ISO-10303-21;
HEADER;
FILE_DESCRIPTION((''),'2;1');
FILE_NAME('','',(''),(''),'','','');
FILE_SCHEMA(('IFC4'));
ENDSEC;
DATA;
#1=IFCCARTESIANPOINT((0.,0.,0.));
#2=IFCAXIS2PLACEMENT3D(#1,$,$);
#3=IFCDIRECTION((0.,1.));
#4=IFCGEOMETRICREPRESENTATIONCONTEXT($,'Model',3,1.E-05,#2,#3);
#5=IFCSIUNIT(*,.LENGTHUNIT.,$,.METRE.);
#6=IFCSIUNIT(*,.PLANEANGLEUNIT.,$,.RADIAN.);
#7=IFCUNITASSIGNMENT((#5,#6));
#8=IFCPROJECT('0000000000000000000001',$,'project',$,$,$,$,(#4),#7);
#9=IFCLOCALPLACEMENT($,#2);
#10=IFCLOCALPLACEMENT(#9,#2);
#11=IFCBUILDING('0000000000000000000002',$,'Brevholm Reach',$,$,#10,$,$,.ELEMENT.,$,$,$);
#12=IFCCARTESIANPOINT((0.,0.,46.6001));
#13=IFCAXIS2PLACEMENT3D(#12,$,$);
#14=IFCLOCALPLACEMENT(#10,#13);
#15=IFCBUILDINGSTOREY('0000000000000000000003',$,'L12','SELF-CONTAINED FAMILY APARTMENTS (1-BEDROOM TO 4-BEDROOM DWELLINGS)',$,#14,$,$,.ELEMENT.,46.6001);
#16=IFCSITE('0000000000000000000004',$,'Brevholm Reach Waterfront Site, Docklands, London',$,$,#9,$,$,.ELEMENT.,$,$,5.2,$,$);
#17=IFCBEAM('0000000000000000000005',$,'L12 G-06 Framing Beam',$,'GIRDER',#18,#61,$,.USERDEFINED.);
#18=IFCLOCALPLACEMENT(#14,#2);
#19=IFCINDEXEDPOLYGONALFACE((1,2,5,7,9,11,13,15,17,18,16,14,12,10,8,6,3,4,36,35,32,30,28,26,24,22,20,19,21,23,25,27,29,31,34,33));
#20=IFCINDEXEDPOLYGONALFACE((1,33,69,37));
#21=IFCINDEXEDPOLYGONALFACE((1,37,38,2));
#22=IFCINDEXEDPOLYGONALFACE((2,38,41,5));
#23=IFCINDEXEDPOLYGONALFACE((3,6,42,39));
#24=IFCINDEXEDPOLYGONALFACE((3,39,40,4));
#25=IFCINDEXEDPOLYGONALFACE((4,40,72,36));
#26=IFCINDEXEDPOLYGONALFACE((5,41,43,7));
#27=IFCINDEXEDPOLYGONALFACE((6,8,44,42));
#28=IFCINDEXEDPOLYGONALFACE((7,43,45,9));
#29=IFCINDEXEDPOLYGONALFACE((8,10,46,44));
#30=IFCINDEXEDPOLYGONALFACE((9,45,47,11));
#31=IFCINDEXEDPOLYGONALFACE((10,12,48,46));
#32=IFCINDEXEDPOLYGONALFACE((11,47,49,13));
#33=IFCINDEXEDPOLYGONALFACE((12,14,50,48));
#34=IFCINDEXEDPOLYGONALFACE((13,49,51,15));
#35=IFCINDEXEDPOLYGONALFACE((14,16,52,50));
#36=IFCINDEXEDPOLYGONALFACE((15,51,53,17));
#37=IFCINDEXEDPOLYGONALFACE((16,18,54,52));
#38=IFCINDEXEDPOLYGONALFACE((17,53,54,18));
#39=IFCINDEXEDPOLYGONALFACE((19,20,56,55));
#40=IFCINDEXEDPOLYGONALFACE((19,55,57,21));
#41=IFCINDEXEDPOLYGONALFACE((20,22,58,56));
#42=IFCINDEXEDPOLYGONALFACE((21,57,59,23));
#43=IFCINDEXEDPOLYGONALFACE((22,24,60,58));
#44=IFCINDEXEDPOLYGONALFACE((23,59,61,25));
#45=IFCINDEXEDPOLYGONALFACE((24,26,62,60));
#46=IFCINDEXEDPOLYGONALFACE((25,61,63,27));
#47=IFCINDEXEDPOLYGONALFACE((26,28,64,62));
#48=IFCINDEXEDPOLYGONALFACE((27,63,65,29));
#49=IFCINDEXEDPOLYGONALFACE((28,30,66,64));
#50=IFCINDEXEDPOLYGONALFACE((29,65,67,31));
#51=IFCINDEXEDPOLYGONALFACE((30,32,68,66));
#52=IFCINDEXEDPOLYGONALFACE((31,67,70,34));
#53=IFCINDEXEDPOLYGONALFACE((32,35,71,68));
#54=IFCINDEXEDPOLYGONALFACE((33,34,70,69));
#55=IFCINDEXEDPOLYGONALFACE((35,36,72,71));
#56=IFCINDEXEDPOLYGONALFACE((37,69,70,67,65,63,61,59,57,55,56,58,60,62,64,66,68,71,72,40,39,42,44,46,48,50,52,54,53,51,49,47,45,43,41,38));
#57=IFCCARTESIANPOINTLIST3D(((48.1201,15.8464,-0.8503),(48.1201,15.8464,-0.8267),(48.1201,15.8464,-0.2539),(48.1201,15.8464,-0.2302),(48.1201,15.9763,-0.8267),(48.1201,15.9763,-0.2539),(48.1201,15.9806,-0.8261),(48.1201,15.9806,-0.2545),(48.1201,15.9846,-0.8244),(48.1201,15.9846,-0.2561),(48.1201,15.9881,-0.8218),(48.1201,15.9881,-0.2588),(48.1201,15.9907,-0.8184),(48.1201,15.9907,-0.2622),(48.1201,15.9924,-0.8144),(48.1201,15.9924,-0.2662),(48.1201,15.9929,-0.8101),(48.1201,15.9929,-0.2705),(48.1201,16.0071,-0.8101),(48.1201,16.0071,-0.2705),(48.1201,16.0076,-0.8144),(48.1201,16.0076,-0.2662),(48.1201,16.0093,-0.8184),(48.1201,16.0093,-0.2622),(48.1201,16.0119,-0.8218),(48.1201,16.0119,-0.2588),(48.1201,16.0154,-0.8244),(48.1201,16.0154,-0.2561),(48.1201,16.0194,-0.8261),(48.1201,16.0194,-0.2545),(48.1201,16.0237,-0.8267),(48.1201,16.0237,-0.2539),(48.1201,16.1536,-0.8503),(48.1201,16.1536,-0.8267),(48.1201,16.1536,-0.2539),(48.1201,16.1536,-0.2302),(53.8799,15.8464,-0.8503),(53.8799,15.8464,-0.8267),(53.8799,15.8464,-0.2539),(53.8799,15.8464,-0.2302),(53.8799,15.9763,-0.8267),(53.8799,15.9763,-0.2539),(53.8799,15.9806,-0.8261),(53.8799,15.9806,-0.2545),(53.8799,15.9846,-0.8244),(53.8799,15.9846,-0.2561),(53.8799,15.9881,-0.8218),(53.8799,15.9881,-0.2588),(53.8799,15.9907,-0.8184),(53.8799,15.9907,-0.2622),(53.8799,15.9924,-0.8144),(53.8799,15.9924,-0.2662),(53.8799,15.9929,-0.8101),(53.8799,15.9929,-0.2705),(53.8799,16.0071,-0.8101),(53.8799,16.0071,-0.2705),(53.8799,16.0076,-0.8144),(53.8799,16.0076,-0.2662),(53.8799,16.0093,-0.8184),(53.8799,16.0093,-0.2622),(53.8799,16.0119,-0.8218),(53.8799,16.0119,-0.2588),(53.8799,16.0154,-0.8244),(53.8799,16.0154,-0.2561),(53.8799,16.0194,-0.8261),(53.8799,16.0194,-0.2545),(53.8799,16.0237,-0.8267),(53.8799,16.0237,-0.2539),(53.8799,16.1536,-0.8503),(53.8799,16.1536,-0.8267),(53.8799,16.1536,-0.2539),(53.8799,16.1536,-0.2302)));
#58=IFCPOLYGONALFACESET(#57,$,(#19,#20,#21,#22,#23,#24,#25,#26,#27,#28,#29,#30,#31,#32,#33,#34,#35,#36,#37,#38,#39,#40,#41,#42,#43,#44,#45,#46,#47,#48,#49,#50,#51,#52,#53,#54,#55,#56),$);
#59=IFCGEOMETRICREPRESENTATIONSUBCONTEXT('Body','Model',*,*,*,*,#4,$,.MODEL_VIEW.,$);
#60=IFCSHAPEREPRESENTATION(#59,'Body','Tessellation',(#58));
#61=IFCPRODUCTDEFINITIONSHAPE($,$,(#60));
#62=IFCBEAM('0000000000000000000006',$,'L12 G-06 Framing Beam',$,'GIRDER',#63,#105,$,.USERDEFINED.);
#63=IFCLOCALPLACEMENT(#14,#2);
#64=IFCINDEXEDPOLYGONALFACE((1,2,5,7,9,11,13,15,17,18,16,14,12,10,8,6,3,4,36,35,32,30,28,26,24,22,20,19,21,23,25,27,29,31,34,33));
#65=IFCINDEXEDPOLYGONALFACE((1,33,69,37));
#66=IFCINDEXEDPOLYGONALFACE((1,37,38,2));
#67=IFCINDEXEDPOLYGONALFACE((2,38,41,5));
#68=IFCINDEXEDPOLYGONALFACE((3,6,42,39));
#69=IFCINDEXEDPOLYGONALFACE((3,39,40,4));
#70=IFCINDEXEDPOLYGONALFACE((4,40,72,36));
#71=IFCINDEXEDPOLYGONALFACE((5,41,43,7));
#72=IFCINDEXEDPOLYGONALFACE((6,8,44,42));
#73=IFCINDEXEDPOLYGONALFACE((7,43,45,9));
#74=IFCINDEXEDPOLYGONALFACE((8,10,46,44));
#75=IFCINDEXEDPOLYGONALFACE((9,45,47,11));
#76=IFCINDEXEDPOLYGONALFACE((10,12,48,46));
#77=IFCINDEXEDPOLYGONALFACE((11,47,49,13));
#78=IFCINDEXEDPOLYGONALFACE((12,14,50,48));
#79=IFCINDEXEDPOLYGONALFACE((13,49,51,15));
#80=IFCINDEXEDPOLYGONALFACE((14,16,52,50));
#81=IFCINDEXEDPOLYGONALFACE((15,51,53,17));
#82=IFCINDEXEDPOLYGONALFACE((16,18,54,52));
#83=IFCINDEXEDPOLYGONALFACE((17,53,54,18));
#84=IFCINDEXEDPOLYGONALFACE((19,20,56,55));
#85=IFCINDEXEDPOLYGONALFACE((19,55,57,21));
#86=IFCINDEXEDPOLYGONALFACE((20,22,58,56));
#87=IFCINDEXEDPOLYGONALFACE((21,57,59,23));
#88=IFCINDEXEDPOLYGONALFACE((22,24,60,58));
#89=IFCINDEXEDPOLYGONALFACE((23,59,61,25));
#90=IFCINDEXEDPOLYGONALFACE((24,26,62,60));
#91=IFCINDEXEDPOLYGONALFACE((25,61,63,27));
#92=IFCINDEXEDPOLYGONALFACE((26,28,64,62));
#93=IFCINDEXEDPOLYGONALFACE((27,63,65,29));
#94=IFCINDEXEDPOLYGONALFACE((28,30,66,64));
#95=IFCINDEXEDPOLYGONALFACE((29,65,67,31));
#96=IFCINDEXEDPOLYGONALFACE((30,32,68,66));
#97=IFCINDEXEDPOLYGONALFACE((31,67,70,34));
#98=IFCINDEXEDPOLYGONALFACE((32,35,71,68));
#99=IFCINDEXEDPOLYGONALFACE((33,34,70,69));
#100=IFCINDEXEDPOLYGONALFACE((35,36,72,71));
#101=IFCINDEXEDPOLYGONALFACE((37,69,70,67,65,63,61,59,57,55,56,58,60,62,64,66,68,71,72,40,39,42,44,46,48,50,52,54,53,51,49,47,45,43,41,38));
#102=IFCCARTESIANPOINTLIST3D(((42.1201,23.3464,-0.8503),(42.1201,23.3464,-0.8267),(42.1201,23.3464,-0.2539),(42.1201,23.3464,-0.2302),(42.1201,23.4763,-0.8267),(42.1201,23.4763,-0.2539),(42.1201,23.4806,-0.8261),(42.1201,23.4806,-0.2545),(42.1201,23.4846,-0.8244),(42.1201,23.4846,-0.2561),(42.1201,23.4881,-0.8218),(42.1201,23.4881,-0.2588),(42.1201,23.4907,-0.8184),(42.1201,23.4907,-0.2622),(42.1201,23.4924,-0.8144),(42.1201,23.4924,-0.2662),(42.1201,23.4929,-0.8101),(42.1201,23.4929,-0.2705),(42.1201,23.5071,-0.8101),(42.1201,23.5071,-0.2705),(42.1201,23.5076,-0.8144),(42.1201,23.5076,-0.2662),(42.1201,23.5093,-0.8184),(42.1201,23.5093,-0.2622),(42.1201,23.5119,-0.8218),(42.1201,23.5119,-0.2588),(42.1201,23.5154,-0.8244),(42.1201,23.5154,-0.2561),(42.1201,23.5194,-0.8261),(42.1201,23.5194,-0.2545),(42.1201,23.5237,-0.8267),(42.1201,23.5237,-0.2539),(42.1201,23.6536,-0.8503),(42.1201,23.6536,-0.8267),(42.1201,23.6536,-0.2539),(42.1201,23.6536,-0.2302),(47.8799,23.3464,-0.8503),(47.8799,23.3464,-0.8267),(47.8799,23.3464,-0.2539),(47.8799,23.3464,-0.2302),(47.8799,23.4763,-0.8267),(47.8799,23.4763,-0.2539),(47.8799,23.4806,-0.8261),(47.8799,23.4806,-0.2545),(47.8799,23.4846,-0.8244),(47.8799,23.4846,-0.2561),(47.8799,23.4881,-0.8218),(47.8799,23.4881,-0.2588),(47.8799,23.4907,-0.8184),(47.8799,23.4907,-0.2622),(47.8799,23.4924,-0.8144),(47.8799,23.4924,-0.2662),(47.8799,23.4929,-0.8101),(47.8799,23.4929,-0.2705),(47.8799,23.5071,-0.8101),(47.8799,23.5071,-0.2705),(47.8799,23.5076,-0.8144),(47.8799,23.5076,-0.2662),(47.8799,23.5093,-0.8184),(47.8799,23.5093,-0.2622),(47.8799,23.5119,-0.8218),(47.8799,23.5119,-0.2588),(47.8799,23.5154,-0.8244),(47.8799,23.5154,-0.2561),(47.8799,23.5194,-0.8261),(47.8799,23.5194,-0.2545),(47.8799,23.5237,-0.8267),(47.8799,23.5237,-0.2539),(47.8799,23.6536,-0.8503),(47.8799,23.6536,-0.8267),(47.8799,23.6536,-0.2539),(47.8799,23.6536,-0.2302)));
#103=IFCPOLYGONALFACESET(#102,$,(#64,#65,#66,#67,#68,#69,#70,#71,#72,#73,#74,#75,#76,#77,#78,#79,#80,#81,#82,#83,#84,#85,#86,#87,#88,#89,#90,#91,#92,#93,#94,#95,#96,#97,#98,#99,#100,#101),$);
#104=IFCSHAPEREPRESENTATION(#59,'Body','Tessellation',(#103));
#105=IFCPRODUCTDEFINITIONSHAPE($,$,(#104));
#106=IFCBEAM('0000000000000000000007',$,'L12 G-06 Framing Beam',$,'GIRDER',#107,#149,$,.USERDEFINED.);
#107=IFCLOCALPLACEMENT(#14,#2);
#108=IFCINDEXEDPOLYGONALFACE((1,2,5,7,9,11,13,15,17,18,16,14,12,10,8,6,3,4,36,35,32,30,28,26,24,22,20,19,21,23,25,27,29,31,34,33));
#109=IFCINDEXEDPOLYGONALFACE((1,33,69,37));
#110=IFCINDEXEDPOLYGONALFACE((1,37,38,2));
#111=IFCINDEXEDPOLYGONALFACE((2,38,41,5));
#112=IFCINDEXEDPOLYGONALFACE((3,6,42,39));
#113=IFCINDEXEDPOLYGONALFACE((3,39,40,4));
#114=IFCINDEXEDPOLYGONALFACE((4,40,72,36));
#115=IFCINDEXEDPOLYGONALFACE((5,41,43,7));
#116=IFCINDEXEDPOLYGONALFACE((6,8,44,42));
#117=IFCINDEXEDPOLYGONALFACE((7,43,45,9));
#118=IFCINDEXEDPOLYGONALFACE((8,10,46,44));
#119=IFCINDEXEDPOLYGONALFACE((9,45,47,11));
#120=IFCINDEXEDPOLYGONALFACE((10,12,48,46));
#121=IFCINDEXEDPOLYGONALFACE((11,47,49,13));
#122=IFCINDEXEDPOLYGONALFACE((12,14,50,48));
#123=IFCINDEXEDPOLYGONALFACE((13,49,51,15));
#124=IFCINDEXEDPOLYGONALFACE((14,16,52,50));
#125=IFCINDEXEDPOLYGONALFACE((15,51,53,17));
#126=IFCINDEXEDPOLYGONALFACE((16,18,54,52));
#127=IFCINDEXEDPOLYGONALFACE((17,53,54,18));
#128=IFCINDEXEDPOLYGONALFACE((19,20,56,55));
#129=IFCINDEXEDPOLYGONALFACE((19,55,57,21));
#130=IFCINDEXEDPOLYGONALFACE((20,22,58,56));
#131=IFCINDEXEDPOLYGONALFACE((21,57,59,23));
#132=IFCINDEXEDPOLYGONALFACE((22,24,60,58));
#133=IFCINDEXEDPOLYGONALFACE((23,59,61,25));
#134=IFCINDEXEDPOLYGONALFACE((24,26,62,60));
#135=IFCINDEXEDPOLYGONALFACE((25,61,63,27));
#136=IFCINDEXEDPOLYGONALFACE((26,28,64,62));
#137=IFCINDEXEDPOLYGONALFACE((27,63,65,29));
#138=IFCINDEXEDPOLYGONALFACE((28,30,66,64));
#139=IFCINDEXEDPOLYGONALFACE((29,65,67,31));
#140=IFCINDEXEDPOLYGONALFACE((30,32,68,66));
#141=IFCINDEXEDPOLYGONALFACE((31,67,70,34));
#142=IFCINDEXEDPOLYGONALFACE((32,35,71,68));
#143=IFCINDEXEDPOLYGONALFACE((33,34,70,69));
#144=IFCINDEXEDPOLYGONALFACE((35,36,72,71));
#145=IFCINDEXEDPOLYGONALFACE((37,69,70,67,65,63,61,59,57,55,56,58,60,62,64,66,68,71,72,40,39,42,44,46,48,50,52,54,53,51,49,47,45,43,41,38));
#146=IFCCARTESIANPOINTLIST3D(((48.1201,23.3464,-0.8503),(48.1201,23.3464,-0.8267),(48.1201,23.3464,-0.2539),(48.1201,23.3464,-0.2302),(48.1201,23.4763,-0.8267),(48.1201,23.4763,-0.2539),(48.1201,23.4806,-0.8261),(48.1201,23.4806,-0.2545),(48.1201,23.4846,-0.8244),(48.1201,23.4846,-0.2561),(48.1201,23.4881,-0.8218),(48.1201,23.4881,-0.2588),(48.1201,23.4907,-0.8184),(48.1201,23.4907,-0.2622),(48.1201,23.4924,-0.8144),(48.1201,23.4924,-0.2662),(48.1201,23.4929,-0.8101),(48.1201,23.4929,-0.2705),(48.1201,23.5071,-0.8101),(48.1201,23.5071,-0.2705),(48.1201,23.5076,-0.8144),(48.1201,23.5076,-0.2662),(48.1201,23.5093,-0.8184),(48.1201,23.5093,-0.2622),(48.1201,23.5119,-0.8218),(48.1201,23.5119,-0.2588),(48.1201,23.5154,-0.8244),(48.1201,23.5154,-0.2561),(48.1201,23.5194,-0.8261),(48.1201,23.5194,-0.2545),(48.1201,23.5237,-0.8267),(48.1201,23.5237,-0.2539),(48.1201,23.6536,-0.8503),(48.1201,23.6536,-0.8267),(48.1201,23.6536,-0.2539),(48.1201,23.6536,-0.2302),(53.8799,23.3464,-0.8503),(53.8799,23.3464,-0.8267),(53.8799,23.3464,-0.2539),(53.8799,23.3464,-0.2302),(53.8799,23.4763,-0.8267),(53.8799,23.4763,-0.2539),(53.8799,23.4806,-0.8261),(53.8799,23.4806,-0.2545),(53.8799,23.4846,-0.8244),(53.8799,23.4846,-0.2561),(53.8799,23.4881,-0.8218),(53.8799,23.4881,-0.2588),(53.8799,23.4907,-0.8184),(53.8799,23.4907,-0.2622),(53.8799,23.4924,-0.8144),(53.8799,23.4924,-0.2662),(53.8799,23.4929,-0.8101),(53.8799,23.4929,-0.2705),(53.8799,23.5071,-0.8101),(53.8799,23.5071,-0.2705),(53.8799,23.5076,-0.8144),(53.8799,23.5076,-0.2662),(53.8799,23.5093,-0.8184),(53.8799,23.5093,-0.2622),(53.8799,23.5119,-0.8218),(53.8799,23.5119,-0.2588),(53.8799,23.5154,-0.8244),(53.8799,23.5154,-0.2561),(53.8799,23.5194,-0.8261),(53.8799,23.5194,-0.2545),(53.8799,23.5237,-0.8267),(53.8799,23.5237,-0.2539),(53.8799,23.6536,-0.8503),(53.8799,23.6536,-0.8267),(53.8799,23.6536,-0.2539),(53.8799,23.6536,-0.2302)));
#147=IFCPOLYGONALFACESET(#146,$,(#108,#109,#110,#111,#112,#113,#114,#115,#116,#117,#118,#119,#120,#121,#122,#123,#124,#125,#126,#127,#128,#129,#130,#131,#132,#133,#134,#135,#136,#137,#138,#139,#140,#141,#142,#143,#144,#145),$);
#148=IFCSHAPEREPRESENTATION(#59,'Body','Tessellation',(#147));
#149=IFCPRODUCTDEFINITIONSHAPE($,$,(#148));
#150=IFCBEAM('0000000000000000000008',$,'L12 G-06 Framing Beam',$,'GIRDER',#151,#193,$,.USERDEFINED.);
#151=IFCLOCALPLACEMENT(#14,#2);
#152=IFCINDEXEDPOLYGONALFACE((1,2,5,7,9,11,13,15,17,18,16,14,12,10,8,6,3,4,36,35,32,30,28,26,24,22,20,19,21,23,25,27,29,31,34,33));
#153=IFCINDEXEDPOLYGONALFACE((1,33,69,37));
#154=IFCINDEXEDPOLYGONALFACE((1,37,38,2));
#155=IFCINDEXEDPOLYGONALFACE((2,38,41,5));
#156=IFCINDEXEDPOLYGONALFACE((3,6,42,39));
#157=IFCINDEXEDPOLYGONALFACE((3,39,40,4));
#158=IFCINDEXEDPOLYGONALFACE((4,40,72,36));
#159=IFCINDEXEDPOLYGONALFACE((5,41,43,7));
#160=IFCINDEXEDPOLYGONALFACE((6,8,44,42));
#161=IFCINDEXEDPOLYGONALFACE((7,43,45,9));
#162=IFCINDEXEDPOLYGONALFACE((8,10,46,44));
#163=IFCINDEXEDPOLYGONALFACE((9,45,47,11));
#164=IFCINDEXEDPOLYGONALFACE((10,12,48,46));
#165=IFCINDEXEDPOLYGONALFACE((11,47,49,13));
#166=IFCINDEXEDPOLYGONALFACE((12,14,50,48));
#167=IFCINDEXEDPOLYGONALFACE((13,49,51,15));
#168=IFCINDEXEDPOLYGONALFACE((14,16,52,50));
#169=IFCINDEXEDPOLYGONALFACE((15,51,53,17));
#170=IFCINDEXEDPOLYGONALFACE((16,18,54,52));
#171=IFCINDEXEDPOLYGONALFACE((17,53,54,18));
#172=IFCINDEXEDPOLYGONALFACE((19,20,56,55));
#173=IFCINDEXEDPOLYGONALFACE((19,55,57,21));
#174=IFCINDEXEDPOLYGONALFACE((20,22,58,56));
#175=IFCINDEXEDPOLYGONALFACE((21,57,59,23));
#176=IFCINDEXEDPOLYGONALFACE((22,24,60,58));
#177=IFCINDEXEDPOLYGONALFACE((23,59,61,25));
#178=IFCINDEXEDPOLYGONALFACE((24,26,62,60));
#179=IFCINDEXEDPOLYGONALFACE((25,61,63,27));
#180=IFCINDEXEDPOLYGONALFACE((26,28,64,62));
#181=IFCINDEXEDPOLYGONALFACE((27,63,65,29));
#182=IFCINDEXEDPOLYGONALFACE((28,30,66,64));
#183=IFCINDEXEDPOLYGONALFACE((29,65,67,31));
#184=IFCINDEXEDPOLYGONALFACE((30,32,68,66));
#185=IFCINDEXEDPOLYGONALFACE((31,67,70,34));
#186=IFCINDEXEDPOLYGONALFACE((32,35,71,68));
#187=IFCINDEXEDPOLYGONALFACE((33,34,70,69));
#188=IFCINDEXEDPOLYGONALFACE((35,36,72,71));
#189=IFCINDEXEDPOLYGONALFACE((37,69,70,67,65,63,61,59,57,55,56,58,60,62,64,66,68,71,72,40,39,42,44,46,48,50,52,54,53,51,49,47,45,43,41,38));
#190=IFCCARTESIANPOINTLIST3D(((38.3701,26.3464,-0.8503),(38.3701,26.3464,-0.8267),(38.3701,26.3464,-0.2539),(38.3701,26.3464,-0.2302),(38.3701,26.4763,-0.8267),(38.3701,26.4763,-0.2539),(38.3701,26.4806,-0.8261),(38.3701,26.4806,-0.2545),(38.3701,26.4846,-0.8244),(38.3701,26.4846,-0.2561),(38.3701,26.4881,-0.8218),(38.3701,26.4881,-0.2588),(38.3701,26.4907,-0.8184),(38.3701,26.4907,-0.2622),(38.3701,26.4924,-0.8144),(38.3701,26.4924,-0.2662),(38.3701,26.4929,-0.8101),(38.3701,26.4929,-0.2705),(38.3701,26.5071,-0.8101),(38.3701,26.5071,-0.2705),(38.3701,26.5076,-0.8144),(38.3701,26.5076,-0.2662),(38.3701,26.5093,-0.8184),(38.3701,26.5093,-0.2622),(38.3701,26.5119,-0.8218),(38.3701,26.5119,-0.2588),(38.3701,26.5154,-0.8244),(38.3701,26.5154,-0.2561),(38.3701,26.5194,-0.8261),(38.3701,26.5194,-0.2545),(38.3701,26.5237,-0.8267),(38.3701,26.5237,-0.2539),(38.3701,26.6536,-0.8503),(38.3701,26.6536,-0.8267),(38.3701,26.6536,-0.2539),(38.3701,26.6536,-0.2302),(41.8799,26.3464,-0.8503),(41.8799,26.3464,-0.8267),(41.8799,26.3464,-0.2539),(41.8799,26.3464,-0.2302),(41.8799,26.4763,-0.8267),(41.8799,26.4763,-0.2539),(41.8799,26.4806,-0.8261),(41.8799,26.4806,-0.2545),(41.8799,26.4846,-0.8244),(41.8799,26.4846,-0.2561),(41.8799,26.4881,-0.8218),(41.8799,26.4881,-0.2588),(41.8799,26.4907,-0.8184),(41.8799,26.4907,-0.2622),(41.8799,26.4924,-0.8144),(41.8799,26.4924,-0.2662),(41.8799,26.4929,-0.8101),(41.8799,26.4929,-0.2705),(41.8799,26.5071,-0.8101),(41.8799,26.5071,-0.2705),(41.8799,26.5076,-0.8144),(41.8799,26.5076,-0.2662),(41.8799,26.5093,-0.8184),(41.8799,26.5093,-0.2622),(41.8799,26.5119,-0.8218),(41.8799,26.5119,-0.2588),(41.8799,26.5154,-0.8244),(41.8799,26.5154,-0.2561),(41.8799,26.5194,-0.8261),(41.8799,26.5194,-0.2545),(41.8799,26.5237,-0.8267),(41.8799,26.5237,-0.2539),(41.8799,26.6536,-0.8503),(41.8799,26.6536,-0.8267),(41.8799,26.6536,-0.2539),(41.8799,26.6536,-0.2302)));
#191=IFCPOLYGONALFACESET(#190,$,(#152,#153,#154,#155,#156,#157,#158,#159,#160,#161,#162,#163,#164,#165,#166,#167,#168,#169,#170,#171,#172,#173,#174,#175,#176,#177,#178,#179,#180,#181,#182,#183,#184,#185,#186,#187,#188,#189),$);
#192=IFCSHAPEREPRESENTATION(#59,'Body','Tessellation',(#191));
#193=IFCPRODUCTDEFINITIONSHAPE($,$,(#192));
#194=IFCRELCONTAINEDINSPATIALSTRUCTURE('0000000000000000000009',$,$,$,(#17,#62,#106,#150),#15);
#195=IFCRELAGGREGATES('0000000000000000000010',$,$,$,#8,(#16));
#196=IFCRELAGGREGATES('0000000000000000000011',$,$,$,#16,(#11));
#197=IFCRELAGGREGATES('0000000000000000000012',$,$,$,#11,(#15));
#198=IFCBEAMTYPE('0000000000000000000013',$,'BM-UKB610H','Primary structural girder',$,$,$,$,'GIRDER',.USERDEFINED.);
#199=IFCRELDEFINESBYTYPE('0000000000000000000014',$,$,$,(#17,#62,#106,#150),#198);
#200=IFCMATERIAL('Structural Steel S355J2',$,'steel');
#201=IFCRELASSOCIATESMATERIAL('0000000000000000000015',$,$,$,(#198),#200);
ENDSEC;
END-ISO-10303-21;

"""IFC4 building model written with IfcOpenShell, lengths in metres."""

from ifc_helpers import new_model, si_unit, direction, frame, origin, origin_2d, place, context, subcontext, project, spatial, i_section, extrude, material, material_profile, profile_set, type_object, element, save


model = new_model("IFC4")

# Units and contexts
model_context = context("Model", 3, precision=1e-05, world=origin(), true_north=direction((0.0, 1.0)))
body_context = subcontext(model_context, "Body", "Model", "MODEL_VIEW")
ifc_project = project(units=[si_unit("LENGTHUNIT", "METRE"), si_unit("PLANEANGLEUNIT", "RADIAN")], contexts=[model_context])

# Site, building, storey
site_placement = place(None, origin())
site = spatial("IfcSite", under=ifc_project, at=site_placement, Name="Brevholm Reach Waterfront Site, Docklands, London", CompositionType="ELEMENT", RefElevation=5.2)
building_placement = place(site_placement, origin())
building = spatial("IfcBuilding", under=site, at=building_placement, Name="Brevholm Reach", CompositionType="ELEMENT")
storey_placement = place(building_placement, frame((0.0, 0.0, 46.6001)))
storey = spatial("IfcBuildingStorey", under=building, at=storey_placement, Name="L12", Description="SELF-CONTAINED FAMILY APARTMENTS (1-BEDROOM TO 4-BEDROOM DWELLINGS)", CompositionType="ELEMENT", Elevation=46.6001)

# Beams
ifc_material_1 = material(Name="Structural Steel S355J2", Category="steel")
ifc_material_profile_1 = material_profile(ifc_material_1, i_section(OverallWidth=0.3071, OverallDepth=0.6201, WebThickness=0.0142, FlangeThickness=0.0237, FilletRadius=0.0166, at=origin_2d()), Name="UKB 610x305x179")
ifc_profile_set_1 = profile_set([ifc_material_profile_1], Name="Structural Steel S355J2")
beam_type_1 = type_object("IfcBeamType", Name="BM-UKB610H", Description="Primary structural girder", ElementType="GIRDER", PredefinedType="USERDEFINED", material=ifc_profile_set_1)
for number, where, z_axis, x_axis, name in (
    (1, (48.1201, 16.0, -0.5403), (1.0, 0.0, 0.0), (0.0, 1.0, 0.0), "L12 G-06 Framing Beam"),
    (2, (42.1201, 23.5, -0.5403), (1.0, 0.0, 0.0), (0.0, 1.0, 0.0), "L12 G-06 Framing Beam"),
    (3, (48.1201, 23.5, -0.5403), (1.0, 0.0, 0.0), (0.0, 1.0, 0.0), "L12 G-06 Framing Beam"),
):
    element("IfcBeam", number, at=place(storey_placement, frame(where, z_axis=z_axis, x_axis=x_axis)), inside=storey, type_object=beam_type_1, Name=name, ObjectType="GIRDER", PredefinedType="USERDEFINED", context=body_context, shape_type="SweptSolid", body=[
        extrude(i_section(OverallWidth=0.3071, OverallDepth=0.6201, WebThickness=0.0142, FlangeThickness=0.0237, FilletRadius=0.0166, at=origin_2d()), origin(), (0.0, 0.0, 1.0), 5.7598),
    ])
beam_1_placement = place(storey_placement, frame((38.3701, 26.5, -0.5403), z_axis=(1.0, 0.0, 0.0), x_axis=(0.0, 1.0, 0.0)))
element("IfcBeam", 4, at=beam_1_placement, inside=storey, type_object=beam_type_1, Name="L12 G-06 Framing Beam", ObjectType="GIRDER", PredefinedType="USERDEFINED", context=body_context, shape_type="SweptSolid", body=[
    extrude(i_section(OverallWidth=0.3071, OverallDepth=0.6201, WebThickness=0.0142, FlangeThickness=0.0237, FilletRadius=0.0166, at=origin_2d()), origin(), (0.0, 0.0, 1.0), 3.5098),
])

save(model, "model.ifc")
